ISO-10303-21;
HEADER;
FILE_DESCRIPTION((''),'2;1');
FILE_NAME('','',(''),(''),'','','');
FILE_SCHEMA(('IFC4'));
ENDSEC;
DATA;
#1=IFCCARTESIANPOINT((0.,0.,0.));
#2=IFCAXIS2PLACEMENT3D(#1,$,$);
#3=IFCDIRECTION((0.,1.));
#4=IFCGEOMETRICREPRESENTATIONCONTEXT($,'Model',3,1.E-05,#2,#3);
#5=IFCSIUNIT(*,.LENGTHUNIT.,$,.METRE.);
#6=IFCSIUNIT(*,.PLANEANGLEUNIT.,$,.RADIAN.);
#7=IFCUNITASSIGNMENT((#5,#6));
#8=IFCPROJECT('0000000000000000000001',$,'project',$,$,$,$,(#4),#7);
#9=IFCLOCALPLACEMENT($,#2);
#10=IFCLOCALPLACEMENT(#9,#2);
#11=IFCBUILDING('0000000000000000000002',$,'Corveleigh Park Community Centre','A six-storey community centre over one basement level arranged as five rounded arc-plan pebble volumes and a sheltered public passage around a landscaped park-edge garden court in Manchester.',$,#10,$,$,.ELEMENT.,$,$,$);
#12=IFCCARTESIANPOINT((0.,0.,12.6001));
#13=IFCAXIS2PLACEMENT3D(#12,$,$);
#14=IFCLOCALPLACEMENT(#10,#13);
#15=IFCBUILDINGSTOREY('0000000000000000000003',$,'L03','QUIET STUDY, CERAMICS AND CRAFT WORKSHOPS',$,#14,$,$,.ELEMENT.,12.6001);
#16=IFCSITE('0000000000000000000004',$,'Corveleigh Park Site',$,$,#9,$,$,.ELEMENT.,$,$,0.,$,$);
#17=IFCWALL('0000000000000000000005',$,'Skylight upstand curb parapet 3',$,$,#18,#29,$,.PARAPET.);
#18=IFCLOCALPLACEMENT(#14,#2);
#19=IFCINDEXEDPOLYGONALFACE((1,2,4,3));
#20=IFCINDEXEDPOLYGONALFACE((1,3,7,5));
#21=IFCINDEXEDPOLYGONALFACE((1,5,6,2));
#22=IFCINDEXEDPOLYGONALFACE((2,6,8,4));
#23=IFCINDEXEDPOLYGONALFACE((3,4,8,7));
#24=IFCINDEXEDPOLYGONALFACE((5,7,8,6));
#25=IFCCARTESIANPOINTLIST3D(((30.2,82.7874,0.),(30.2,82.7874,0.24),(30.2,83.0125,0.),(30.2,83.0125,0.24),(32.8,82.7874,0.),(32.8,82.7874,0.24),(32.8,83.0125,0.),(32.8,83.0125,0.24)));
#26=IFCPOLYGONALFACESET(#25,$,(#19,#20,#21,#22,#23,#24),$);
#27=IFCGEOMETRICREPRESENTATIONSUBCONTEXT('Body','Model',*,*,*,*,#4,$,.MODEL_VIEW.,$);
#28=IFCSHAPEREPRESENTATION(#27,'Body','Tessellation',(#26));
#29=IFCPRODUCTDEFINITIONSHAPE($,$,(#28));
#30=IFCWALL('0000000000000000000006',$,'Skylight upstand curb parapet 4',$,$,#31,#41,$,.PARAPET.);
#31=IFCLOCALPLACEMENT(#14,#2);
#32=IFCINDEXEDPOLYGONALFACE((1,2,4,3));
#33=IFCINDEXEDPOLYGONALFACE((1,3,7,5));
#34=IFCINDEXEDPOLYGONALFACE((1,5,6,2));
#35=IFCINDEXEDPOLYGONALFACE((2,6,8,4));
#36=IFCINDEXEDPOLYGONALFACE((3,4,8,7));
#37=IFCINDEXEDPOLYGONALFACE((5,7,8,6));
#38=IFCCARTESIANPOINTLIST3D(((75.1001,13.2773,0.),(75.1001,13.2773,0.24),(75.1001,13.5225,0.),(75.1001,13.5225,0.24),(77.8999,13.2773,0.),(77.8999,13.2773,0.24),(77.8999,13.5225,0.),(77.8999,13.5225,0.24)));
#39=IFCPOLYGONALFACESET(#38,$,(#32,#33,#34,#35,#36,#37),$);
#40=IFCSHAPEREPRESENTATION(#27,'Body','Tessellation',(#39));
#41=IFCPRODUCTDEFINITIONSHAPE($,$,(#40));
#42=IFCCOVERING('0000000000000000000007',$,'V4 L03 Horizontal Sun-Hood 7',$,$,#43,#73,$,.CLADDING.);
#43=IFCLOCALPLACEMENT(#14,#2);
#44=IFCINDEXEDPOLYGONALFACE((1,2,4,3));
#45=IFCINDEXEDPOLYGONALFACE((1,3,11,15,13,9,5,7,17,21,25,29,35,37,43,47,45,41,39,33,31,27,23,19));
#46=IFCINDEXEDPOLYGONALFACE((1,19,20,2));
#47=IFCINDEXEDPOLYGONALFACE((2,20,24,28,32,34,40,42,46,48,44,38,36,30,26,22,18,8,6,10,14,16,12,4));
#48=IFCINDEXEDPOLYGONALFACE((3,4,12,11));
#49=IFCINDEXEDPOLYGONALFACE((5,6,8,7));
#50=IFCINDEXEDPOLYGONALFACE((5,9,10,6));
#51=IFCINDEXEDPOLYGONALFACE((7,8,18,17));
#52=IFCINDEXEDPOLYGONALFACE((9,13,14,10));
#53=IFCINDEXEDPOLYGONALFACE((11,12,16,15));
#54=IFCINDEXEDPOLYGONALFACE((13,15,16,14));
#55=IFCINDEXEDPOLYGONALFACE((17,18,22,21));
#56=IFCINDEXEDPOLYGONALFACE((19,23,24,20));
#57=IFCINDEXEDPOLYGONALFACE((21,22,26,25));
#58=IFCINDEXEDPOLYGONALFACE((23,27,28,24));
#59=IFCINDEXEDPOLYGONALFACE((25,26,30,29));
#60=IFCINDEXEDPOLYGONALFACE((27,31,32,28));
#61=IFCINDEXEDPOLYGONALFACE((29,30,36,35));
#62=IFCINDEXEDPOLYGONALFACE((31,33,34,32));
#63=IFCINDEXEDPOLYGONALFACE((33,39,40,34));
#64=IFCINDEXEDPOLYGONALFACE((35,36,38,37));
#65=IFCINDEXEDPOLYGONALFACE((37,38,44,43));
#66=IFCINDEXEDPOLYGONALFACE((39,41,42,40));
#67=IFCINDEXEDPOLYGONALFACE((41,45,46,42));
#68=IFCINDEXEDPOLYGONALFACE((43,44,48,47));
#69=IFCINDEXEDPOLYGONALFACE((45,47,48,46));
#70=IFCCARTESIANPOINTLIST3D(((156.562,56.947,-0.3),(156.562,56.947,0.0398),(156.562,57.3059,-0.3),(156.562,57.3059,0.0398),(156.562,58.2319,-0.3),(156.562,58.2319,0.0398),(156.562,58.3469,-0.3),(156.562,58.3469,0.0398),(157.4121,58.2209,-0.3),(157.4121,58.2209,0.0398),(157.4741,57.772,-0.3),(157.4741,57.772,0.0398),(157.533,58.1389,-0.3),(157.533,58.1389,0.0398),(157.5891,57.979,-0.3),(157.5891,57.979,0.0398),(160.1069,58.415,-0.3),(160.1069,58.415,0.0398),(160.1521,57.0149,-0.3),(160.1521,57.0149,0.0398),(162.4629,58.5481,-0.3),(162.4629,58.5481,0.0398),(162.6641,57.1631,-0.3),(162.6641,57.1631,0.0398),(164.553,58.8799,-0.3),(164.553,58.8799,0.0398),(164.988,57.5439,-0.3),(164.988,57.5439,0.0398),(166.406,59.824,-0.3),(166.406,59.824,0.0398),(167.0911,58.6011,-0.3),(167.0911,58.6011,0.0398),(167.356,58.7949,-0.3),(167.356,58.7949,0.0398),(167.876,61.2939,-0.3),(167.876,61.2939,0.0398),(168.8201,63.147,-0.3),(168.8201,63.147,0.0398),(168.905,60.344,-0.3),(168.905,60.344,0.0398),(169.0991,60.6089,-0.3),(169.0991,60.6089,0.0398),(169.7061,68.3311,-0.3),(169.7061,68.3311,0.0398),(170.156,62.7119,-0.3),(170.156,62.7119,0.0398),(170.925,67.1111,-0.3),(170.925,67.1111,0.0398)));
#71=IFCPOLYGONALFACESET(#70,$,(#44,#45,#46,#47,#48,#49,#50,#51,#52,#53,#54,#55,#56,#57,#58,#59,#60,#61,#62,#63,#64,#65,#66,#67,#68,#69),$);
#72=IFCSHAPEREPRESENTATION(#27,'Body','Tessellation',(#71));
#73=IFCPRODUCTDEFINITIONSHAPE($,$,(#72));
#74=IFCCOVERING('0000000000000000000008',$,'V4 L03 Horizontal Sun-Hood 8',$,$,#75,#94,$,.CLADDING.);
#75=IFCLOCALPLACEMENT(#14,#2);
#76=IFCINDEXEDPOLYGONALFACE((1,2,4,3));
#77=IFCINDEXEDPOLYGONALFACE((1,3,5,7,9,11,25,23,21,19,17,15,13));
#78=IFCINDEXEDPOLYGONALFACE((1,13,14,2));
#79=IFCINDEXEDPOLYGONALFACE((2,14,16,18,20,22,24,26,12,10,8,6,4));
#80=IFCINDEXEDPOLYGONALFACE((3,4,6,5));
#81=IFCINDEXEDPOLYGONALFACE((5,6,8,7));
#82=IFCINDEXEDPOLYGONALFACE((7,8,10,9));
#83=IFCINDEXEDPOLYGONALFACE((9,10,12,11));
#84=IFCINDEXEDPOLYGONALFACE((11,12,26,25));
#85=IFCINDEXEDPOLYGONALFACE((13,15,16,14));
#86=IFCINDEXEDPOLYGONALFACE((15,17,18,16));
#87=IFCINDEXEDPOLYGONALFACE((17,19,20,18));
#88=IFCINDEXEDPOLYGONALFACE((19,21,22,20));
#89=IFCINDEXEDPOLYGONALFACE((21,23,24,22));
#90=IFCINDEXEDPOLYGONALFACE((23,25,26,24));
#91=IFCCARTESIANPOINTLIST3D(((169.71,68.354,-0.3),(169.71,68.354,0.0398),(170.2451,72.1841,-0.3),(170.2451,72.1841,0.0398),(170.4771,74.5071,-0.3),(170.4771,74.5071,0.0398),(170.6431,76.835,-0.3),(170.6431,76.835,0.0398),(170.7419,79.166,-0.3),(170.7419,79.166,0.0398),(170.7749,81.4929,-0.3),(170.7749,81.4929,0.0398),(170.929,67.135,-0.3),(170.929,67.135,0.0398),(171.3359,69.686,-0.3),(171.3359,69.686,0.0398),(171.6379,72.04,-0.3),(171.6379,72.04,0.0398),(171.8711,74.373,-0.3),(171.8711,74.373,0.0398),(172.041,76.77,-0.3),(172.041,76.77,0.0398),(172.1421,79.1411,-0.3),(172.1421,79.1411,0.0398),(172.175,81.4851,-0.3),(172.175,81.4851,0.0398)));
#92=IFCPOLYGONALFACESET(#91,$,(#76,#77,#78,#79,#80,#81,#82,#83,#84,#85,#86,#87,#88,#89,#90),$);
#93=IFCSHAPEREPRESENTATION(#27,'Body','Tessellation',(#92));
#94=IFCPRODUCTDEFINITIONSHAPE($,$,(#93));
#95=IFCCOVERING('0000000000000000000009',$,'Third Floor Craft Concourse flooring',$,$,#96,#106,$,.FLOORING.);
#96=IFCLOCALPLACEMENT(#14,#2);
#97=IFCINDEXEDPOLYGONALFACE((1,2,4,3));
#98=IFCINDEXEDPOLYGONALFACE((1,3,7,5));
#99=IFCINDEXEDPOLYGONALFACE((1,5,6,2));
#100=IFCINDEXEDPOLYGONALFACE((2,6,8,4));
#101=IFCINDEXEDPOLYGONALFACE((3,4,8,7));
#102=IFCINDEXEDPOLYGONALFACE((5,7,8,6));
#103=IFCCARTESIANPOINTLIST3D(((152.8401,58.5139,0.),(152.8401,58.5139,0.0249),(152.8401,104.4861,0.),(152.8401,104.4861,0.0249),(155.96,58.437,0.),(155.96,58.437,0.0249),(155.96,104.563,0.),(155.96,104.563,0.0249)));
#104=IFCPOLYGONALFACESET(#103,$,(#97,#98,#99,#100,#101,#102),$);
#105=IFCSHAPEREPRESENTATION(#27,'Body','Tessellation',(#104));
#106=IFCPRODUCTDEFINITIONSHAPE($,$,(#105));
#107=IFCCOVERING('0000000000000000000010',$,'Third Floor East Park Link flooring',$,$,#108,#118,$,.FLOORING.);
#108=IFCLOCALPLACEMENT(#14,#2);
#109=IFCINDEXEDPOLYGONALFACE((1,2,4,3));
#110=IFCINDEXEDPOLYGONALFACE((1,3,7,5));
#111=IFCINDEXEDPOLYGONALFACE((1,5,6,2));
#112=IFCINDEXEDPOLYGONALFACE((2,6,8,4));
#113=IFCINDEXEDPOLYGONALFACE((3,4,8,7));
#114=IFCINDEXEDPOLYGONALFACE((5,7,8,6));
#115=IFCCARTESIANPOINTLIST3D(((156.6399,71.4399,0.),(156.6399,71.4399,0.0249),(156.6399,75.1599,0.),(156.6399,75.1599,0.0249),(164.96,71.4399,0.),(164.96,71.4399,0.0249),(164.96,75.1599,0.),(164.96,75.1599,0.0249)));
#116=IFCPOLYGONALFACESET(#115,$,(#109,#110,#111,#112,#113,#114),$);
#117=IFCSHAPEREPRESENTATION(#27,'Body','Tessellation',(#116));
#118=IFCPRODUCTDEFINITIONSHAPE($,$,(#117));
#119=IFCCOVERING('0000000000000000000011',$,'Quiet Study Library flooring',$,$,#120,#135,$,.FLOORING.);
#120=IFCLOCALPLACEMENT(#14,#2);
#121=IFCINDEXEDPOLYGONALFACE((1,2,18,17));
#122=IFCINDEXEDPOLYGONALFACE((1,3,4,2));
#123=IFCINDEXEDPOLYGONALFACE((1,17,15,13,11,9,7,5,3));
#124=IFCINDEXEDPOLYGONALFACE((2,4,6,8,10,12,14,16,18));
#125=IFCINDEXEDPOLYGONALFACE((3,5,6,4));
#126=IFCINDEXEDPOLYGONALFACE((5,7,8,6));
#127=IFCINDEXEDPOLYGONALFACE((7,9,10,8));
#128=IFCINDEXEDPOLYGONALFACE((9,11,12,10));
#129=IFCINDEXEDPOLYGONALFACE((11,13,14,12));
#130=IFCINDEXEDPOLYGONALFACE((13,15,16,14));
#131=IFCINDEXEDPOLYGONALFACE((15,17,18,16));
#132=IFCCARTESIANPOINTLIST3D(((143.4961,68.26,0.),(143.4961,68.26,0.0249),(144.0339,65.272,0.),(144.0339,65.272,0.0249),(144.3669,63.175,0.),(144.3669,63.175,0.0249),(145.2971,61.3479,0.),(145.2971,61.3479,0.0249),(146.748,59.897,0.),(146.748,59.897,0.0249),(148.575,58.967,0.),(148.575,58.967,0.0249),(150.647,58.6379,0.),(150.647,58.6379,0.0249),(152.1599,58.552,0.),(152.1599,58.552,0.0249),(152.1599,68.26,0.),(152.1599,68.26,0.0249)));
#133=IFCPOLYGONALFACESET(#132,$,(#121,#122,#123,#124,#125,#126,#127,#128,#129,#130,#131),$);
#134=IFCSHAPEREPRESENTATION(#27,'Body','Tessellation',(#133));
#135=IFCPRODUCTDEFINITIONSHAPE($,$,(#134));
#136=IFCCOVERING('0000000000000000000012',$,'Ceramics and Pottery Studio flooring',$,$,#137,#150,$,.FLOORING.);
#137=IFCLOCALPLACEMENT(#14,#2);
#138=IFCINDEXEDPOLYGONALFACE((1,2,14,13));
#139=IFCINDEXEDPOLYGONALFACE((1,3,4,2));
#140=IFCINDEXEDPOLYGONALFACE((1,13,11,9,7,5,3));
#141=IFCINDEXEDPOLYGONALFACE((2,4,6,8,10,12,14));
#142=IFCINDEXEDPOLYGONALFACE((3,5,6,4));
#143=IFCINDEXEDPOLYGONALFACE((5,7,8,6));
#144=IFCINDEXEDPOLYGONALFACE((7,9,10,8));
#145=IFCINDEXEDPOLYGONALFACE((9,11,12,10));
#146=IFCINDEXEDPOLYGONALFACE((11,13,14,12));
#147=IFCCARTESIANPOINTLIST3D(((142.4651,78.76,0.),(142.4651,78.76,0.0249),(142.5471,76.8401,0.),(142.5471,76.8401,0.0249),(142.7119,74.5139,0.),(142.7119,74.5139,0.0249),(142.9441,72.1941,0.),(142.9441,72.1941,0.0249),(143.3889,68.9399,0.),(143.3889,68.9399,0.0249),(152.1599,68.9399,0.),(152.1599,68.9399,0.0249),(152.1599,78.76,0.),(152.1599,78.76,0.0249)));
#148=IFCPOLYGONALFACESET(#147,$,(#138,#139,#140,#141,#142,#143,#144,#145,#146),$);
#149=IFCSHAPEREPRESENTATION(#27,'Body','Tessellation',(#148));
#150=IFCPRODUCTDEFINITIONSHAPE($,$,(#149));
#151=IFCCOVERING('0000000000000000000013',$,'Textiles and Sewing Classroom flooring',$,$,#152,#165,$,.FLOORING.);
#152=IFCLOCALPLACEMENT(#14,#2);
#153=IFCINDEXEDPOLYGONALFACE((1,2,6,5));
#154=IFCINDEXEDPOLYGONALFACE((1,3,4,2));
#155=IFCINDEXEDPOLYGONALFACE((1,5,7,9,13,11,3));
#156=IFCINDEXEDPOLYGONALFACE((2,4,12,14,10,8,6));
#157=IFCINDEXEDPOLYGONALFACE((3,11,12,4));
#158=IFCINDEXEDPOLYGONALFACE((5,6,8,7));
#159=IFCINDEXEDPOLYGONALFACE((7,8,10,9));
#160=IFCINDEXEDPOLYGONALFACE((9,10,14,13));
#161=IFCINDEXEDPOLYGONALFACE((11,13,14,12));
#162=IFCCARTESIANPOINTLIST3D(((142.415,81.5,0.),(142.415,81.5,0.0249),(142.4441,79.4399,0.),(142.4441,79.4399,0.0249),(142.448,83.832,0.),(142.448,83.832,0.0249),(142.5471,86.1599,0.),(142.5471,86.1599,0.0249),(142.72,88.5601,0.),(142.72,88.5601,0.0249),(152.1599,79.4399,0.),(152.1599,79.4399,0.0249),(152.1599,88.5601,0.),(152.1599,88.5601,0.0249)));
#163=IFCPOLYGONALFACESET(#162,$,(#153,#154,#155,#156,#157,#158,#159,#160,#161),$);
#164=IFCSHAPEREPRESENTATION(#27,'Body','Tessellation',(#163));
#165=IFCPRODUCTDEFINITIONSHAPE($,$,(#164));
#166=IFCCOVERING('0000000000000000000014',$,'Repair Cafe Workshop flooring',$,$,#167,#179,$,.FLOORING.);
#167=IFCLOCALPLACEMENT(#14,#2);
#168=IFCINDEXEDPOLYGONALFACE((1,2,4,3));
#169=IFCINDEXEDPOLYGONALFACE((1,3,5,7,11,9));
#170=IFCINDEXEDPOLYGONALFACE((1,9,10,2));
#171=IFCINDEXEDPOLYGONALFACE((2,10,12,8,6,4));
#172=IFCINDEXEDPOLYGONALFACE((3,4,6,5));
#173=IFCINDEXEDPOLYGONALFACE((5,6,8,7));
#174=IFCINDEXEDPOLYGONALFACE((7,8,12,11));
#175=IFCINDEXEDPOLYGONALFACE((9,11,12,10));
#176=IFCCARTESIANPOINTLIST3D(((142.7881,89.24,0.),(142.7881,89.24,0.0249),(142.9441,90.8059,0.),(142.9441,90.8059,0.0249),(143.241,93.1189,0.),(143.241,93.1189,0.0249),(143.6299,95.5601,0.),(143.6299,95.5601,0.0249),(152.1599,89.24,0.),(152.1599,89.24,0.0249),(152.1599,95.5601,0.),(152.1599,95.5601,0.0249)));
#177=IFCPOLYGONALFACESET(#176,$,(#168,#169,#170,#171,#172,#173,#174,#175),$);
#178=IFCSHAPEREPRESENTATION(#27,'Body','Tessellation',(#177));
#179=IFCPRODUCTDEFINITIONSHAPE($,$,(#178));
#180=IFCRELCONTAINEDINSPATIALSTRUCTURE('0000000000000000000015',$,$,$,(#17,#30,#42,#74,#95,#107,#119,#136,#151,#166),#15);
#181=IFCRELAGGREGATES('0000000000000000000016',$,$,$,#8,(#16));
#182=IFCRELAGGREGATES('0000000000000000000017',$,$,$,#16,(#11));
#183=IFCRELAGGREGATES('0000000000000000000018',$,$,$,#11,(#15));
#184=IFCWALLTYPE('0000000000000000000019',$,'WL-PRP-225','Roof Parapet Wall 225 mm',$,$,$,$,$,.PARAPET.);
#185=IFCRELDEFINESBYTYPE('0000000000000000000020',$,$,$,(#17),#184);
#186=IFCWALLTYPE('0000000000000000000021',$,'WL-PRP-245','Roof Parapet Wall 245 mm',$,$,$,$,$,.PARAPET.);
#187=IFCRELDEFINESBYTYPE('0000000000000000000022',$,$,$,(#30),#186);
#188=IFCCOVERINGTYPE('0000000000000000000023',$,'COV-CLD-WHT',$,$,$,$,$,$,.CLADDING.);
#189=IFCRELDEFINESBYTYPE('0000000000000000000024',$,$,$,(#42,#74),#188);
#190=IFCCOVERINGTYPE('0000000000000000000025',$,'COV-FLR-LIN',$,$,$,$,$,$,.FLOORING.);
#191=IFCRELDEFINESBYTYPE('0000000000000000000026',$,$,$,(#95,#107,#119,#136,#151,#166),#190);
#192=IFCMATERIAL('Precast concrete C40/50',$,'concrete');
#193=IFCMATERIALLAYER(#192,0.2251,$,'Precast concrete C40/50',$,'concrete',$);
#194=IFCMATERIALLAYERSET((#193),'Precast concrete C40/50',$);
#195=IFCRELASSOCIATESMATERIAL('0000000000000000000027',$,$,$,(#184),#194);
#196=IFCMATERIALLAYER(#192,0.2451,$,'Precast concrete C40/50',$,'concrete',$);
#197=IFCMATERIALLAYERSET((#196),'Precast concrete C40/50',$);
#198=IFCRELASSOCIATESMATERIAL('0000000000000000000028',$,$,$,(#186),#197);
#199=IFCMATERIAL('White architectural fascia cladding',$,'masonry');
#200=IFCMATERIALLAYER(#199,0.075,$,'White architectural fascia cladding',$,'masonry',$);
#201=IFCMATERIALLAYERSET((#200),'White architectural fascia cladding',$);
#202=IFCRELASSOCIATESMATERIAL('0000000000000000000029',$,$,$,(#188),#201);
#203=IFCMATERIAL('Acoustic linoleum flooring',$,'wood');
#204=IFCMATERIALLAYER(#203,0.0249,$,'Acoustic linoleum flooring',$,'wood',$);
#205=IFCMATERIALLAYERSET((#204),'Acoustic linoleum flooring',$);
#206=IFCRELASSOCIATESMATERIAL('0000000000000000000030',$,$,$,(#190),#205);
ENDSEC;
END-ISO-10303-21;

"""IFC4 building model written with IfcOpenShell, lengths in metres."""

from ifc_helpers import new_model, si_unit, direction, frame, frame_2d, origin, place, context, subcontext, project, spatial, polyline, rectangle, outline, extrude, material, layer, layer_set, type_object, element, save


model = new_model("IFC4")

# Units and contexts
model_context = context("Model", 3, precision=1e-05, world=origin(), true_north=direction((0.0, 1.0)))
body_context = subcontext(model_context, "Body", "Model", "MODEL_VIEW")
ifc_project = project(units=[si_unit("LENGTHUNIT", "METRE"), si_unit("PLANEANGLEUNIT", "RADIAN")], contexts=[model_context])

# Site, building, storey
site_placement = place(None, origin())
site = spatial("IfcSite", under=ifc_project, at=site_placement, Name="Corveleigh Park Site", CompositionType="ELEMENT", RefElevation=0.0)
building_placement = place(site_placement, origin())
building = spatial("IfcBuilding", under=site, at=building_placement, Name="Corveleigh Park Community Centre", Description="A six-storey community centre over one basement level arranged as five rounded arc-plan pebble volumes and a sheltered public passage around a landscaped park-edge garden court in Manchester.", CompositionType="ELEMENT")
storey_placement = place(building_placement, frame((0.0, 0.0, 12.6001)))
storey = spatial("IfcBuildingStorey", under=building, at=storey_placement, Name="L03", Description="QUIET STUDY, CERAMICS AND CRAFT WORKSHOPS", CompositionType="ELEMENT", Elevation=12.6001)

# Walls
ifc_material_1 = material(Name="Precast concrete C40/50", Category="concrete")
ifc_layer_1 = layer(ifc_material_1, 0.2251, Name="Precast concrete C40/50", Category="concrete")
ifc_layer_set_1 = layer_set([ifc_layer_1], Name="Precast concrete C40/50")
wall_type_1 = type_object("IfcWallType", Name="WL-PRP-225", Description="Roof Parapet Wall 225 mm", PredefinedType="PARAPET", material=ifc_layer_set_1)
wall_1_placement = place(storey_placement, frame((30.2, 82.8999, 0.0), z_axis=(0.0, 0.0, 1.0), x_axis=(1.0, 0.0, 0.0)))
element("IfcWall", 1, at=wall_1_placement, inside=storey, type_object=wall_type_1, Name="Skylight upstand curb parapet 3", PredefinedType="PARAPET", context=body_context, shape_type="SweptSolid", body=[
    extrude(rectangle(XDim=2.6001, YDim=0.2251, at=frame_2d((1.3, 0.0))), origin(), (0.0, 0.0, 1.0), 0.24),
])
ifc_layer_2 = layer(ifc_material_1, 0.2451, Name="Precast concrete C40/50", Category="concrete")
ifc_layer_set_2 = layer_set([ifc_layer_2], Name="Precast concrete C40/50")
wall_type_2 = type_object("IfcWallType", Name="WL-PRP-245", Description="Roof Parapet Wall 245 mm", PredefinedType="PARAPET", material=ifc_layer_set_2)
wall_2_placement = place(storey_placement, frame((75.1001, 13.3999, 0.0), z_axis=(0.0, 0.0, 1.0), x_axis=(1.0, 0.0, 0.0)))
element("IfcWall", 2, at=wall_2_placement, inside=storey, type_object=wall_type_2, Name="Skylight upstand curb parapet 4", PredefinedType="PARAPET", context=body_context, shape_type="SweptSolid", body=[
    extrude(rectangle(XDim=2.7998, YDim=0.2451, at=frame_2d((1.3999, 0.0))), origin(), (0.0, 0.0, 1.0), 0.24),
])

# Coverings
ifc_material_2 = material(Name="White architectural fascia cladding", Category="masonry")
ifc_layer_3 = layer(ifc_material_2, 0.075, Name="White architectural fascia cladding", Category="masonry")
ifc_layer_set_3 = layer_set([ifc_layer_3], Name="White architectural fascia cladding")
covering_type_1 = type_object("IfcCoveringType", Name="COV-CLD-WHT", PredefinedType="CLADDING", material=ifc_layer_set_3)
covering_1_placement = place(storey_placement, frame((0.0, 0.0, -0.3)))
element("IfcCovering", 3, at=covering_1_placement, inside=storey, type_object=covering_type_1, Name="V4 L03 Horizontal Sun-Hood 7", PredefinedType="CLADDING", context=body_context, shape_type="SweptSolid", body=[
    extrude(outline(polyline([(170.925, 67.1111), (170.156, 62.7119), (169.0991, 60.6089), (168.905, 60.344), (167.356, 58.7949), (167.0911, 58.6011), (164.988, 57.5439), (162.6641, 57.1631), (160.1521, 57.0149), (156.562, 56.947), (156.562, 57.3059), (157.4741, 57.772), (157.5891, 57.979), (157.533, 58.1389), (157.4121, 58.2209), (156.562, 58.2319), (156.562, 58.3469), (160.1069, 58.415), (162.4629, 58.5481), (164.553, 58.8799), (166.406, 59.824), (167.876, 61.2939), (168.8201, 63.147), (169.7061, 68.3311), (170.925, 67.1111)])), origin(), (0.0, 0.0, 1.0), 0.3398),
])
covering_2_placement = place(storey_placement, frame((0.0, 0.0, -0.3)))
element("IfcCovering", 4, at=covering_2_placement, inside=storey, type_object=covering_type_1, Name="V4 L03 Horizontal Sun-Hood 8", PredefinedType="CLADDING", context=body_context, shape_type="SweptSolid", body=[
    extrude(outline(polyline([(172.175, 81.4851), (172.1421, 79.1411), (172.041, 76.77), (171.8711, 74.373), (171.6379, 72.04), (171.3359, 69.686), (170.929, 67.135), (169.71, 68.354), (170.2451, 72.1841), (170.4771, 74.5071), (170.6431, 76.835), (170.7419, 79.166), (170.7749, 81.4929), (172.175, 81.4851)])), origin(), (0.0, 0.0, 1.0), 0.3398),
])
ifc_material_3 = material(Name="Acoustic linoleum flooring", Category="wood")
ifc_layer_4 = layer(ifc_material_3, 0.0249, Name="Acoustic linoleum flooring", Category="wood")
ifc_layer_set_4 = layer_set([ifc_layer_4], Name="Acoustic linoleum flooring")
covering_type_2 = type_object("IfcCoveringType", Name="COV-FLR-LIN", PredefinedType="FLOORING", material=ifc_layer_set_4)
covering_3_placement = place(storey_placement, origin())
element("IfcCovering", 5, at=covering_3_placement, inside=storey, type_object=covering_type_2, Name="Third Floor Craft Concourse flooring", PredefinedType="FLOORING", context=body_context, shape_type="SweptSolid", body=[
    extrude(outline(polyline([(152.8401, 104.4861), (155.96, 104.563), (155.96, 58.437), (152.8401, 58.5139), (152.8401, 104.4861)])), origin(), (0.0, 0.0, 1.0), 0.0249),
])
covering_4_placement = place(storey_placement, origin())
element("IfcCovering", 6, at=covering_4_placement, inside=storey, type_object=covering_type_2, Name="Third Floor East Park Link flooring", PredefinedType="FLOORING", context=body_context, shape_type="SweptSolid", body=[
    extrude(outline(polyline([(164.96, 71.4399), (156.6399, 71.4399), (156.6399, 75.1599), (164.96, 75.1599), (164.96, 71.4399)])), origin(), (0.0, 0.0, 1.0), 0.0249),
])
covering_5_placement = place(storey_placement, origin())
element("IfcCovering", 7, at=covering_5_placement, inside=storey, type_object=covering_type_2, Name="Quiet Study Library flooring", PredefinedType="FLOORING", context=body_context, shape_type="SweptSolid", body=[
    extrude(outline(polyline([(152.1599, 58.552), (150.647, 58.6379), (148.575, 58.967), (146.748, 59.897), (145.2971, 61.3479), (144.3669, 63.175), (144.0339, 65.272), (143.4961, 68.26), (152.1599, 68.26), (152.1599, 58.552)])), origin(), (0.0, 0.0, 1.0), 0.0249),
])
covering_6_placement = place(storey_placement, origin())
element("IfcCovering", 8, at=covering_6_placement, inside=storey, type_object=covering_type_2, Name="Ceramics and Pottery Studio flooring", PredefinedType="FLOORING", context=body_context, shape_type="SweptSolid", body=[
    extrude(outline(polyline([(142.5471, 76.8401), (142.4651, 78.76), (152.1599, 78.76), (152.1599, 68.9399), (143.3889, 68.9399), (142.9441, 72.1941), (142.7119, 74.5139), (142.5471, 76.8401)])), origin(), (0.0, 0.0, 1.0), 0.0249),
])
covering_7_placement = place(storey_placement, origin())
element("IfcCovering", 9, at=covering_7_placement, inside=storey, type_object=covering_type_2, Name="Textiles and Sewing Classroom flooring", PredefinedType="FLOORING", context=body_context, shape_type="SweptSolid", body=[
    extrude(outline(polyline([(142.5471, 86.1599), (142.72, 88.5601), (152.1599, 88.5601), (152.1599, 79.4399), (142.4441, 79.4399), (142.415, 81.5), (142.448, 83.832), (142.5471, 86.1599)])), origin(), (0.0, 0.0, 1.0), 0.0249),
])
covering_8_placement = place(storey_placement, origin())
element("IfcCovering", 10, at=covering_8_placement, inside=storey, type_object=covering_type_2, Name="Repair Cafe Workshop flooring", PredefinedType="FLOORING", context=body_context, shape_type="SweptSolid", body=[
    extrude(outline(polyline([(152.1599, 95.5601), (152.1599, 89.24), (142.7881, 89.24), (142.9441, 90.8059), (143.241, 93.1189), (143.6299, 95.5601), (152.1599, 95.5601)])), origin(), (0.0, 0.0, 1.0), 0.0249),
])

save(model, "model.ifc")
